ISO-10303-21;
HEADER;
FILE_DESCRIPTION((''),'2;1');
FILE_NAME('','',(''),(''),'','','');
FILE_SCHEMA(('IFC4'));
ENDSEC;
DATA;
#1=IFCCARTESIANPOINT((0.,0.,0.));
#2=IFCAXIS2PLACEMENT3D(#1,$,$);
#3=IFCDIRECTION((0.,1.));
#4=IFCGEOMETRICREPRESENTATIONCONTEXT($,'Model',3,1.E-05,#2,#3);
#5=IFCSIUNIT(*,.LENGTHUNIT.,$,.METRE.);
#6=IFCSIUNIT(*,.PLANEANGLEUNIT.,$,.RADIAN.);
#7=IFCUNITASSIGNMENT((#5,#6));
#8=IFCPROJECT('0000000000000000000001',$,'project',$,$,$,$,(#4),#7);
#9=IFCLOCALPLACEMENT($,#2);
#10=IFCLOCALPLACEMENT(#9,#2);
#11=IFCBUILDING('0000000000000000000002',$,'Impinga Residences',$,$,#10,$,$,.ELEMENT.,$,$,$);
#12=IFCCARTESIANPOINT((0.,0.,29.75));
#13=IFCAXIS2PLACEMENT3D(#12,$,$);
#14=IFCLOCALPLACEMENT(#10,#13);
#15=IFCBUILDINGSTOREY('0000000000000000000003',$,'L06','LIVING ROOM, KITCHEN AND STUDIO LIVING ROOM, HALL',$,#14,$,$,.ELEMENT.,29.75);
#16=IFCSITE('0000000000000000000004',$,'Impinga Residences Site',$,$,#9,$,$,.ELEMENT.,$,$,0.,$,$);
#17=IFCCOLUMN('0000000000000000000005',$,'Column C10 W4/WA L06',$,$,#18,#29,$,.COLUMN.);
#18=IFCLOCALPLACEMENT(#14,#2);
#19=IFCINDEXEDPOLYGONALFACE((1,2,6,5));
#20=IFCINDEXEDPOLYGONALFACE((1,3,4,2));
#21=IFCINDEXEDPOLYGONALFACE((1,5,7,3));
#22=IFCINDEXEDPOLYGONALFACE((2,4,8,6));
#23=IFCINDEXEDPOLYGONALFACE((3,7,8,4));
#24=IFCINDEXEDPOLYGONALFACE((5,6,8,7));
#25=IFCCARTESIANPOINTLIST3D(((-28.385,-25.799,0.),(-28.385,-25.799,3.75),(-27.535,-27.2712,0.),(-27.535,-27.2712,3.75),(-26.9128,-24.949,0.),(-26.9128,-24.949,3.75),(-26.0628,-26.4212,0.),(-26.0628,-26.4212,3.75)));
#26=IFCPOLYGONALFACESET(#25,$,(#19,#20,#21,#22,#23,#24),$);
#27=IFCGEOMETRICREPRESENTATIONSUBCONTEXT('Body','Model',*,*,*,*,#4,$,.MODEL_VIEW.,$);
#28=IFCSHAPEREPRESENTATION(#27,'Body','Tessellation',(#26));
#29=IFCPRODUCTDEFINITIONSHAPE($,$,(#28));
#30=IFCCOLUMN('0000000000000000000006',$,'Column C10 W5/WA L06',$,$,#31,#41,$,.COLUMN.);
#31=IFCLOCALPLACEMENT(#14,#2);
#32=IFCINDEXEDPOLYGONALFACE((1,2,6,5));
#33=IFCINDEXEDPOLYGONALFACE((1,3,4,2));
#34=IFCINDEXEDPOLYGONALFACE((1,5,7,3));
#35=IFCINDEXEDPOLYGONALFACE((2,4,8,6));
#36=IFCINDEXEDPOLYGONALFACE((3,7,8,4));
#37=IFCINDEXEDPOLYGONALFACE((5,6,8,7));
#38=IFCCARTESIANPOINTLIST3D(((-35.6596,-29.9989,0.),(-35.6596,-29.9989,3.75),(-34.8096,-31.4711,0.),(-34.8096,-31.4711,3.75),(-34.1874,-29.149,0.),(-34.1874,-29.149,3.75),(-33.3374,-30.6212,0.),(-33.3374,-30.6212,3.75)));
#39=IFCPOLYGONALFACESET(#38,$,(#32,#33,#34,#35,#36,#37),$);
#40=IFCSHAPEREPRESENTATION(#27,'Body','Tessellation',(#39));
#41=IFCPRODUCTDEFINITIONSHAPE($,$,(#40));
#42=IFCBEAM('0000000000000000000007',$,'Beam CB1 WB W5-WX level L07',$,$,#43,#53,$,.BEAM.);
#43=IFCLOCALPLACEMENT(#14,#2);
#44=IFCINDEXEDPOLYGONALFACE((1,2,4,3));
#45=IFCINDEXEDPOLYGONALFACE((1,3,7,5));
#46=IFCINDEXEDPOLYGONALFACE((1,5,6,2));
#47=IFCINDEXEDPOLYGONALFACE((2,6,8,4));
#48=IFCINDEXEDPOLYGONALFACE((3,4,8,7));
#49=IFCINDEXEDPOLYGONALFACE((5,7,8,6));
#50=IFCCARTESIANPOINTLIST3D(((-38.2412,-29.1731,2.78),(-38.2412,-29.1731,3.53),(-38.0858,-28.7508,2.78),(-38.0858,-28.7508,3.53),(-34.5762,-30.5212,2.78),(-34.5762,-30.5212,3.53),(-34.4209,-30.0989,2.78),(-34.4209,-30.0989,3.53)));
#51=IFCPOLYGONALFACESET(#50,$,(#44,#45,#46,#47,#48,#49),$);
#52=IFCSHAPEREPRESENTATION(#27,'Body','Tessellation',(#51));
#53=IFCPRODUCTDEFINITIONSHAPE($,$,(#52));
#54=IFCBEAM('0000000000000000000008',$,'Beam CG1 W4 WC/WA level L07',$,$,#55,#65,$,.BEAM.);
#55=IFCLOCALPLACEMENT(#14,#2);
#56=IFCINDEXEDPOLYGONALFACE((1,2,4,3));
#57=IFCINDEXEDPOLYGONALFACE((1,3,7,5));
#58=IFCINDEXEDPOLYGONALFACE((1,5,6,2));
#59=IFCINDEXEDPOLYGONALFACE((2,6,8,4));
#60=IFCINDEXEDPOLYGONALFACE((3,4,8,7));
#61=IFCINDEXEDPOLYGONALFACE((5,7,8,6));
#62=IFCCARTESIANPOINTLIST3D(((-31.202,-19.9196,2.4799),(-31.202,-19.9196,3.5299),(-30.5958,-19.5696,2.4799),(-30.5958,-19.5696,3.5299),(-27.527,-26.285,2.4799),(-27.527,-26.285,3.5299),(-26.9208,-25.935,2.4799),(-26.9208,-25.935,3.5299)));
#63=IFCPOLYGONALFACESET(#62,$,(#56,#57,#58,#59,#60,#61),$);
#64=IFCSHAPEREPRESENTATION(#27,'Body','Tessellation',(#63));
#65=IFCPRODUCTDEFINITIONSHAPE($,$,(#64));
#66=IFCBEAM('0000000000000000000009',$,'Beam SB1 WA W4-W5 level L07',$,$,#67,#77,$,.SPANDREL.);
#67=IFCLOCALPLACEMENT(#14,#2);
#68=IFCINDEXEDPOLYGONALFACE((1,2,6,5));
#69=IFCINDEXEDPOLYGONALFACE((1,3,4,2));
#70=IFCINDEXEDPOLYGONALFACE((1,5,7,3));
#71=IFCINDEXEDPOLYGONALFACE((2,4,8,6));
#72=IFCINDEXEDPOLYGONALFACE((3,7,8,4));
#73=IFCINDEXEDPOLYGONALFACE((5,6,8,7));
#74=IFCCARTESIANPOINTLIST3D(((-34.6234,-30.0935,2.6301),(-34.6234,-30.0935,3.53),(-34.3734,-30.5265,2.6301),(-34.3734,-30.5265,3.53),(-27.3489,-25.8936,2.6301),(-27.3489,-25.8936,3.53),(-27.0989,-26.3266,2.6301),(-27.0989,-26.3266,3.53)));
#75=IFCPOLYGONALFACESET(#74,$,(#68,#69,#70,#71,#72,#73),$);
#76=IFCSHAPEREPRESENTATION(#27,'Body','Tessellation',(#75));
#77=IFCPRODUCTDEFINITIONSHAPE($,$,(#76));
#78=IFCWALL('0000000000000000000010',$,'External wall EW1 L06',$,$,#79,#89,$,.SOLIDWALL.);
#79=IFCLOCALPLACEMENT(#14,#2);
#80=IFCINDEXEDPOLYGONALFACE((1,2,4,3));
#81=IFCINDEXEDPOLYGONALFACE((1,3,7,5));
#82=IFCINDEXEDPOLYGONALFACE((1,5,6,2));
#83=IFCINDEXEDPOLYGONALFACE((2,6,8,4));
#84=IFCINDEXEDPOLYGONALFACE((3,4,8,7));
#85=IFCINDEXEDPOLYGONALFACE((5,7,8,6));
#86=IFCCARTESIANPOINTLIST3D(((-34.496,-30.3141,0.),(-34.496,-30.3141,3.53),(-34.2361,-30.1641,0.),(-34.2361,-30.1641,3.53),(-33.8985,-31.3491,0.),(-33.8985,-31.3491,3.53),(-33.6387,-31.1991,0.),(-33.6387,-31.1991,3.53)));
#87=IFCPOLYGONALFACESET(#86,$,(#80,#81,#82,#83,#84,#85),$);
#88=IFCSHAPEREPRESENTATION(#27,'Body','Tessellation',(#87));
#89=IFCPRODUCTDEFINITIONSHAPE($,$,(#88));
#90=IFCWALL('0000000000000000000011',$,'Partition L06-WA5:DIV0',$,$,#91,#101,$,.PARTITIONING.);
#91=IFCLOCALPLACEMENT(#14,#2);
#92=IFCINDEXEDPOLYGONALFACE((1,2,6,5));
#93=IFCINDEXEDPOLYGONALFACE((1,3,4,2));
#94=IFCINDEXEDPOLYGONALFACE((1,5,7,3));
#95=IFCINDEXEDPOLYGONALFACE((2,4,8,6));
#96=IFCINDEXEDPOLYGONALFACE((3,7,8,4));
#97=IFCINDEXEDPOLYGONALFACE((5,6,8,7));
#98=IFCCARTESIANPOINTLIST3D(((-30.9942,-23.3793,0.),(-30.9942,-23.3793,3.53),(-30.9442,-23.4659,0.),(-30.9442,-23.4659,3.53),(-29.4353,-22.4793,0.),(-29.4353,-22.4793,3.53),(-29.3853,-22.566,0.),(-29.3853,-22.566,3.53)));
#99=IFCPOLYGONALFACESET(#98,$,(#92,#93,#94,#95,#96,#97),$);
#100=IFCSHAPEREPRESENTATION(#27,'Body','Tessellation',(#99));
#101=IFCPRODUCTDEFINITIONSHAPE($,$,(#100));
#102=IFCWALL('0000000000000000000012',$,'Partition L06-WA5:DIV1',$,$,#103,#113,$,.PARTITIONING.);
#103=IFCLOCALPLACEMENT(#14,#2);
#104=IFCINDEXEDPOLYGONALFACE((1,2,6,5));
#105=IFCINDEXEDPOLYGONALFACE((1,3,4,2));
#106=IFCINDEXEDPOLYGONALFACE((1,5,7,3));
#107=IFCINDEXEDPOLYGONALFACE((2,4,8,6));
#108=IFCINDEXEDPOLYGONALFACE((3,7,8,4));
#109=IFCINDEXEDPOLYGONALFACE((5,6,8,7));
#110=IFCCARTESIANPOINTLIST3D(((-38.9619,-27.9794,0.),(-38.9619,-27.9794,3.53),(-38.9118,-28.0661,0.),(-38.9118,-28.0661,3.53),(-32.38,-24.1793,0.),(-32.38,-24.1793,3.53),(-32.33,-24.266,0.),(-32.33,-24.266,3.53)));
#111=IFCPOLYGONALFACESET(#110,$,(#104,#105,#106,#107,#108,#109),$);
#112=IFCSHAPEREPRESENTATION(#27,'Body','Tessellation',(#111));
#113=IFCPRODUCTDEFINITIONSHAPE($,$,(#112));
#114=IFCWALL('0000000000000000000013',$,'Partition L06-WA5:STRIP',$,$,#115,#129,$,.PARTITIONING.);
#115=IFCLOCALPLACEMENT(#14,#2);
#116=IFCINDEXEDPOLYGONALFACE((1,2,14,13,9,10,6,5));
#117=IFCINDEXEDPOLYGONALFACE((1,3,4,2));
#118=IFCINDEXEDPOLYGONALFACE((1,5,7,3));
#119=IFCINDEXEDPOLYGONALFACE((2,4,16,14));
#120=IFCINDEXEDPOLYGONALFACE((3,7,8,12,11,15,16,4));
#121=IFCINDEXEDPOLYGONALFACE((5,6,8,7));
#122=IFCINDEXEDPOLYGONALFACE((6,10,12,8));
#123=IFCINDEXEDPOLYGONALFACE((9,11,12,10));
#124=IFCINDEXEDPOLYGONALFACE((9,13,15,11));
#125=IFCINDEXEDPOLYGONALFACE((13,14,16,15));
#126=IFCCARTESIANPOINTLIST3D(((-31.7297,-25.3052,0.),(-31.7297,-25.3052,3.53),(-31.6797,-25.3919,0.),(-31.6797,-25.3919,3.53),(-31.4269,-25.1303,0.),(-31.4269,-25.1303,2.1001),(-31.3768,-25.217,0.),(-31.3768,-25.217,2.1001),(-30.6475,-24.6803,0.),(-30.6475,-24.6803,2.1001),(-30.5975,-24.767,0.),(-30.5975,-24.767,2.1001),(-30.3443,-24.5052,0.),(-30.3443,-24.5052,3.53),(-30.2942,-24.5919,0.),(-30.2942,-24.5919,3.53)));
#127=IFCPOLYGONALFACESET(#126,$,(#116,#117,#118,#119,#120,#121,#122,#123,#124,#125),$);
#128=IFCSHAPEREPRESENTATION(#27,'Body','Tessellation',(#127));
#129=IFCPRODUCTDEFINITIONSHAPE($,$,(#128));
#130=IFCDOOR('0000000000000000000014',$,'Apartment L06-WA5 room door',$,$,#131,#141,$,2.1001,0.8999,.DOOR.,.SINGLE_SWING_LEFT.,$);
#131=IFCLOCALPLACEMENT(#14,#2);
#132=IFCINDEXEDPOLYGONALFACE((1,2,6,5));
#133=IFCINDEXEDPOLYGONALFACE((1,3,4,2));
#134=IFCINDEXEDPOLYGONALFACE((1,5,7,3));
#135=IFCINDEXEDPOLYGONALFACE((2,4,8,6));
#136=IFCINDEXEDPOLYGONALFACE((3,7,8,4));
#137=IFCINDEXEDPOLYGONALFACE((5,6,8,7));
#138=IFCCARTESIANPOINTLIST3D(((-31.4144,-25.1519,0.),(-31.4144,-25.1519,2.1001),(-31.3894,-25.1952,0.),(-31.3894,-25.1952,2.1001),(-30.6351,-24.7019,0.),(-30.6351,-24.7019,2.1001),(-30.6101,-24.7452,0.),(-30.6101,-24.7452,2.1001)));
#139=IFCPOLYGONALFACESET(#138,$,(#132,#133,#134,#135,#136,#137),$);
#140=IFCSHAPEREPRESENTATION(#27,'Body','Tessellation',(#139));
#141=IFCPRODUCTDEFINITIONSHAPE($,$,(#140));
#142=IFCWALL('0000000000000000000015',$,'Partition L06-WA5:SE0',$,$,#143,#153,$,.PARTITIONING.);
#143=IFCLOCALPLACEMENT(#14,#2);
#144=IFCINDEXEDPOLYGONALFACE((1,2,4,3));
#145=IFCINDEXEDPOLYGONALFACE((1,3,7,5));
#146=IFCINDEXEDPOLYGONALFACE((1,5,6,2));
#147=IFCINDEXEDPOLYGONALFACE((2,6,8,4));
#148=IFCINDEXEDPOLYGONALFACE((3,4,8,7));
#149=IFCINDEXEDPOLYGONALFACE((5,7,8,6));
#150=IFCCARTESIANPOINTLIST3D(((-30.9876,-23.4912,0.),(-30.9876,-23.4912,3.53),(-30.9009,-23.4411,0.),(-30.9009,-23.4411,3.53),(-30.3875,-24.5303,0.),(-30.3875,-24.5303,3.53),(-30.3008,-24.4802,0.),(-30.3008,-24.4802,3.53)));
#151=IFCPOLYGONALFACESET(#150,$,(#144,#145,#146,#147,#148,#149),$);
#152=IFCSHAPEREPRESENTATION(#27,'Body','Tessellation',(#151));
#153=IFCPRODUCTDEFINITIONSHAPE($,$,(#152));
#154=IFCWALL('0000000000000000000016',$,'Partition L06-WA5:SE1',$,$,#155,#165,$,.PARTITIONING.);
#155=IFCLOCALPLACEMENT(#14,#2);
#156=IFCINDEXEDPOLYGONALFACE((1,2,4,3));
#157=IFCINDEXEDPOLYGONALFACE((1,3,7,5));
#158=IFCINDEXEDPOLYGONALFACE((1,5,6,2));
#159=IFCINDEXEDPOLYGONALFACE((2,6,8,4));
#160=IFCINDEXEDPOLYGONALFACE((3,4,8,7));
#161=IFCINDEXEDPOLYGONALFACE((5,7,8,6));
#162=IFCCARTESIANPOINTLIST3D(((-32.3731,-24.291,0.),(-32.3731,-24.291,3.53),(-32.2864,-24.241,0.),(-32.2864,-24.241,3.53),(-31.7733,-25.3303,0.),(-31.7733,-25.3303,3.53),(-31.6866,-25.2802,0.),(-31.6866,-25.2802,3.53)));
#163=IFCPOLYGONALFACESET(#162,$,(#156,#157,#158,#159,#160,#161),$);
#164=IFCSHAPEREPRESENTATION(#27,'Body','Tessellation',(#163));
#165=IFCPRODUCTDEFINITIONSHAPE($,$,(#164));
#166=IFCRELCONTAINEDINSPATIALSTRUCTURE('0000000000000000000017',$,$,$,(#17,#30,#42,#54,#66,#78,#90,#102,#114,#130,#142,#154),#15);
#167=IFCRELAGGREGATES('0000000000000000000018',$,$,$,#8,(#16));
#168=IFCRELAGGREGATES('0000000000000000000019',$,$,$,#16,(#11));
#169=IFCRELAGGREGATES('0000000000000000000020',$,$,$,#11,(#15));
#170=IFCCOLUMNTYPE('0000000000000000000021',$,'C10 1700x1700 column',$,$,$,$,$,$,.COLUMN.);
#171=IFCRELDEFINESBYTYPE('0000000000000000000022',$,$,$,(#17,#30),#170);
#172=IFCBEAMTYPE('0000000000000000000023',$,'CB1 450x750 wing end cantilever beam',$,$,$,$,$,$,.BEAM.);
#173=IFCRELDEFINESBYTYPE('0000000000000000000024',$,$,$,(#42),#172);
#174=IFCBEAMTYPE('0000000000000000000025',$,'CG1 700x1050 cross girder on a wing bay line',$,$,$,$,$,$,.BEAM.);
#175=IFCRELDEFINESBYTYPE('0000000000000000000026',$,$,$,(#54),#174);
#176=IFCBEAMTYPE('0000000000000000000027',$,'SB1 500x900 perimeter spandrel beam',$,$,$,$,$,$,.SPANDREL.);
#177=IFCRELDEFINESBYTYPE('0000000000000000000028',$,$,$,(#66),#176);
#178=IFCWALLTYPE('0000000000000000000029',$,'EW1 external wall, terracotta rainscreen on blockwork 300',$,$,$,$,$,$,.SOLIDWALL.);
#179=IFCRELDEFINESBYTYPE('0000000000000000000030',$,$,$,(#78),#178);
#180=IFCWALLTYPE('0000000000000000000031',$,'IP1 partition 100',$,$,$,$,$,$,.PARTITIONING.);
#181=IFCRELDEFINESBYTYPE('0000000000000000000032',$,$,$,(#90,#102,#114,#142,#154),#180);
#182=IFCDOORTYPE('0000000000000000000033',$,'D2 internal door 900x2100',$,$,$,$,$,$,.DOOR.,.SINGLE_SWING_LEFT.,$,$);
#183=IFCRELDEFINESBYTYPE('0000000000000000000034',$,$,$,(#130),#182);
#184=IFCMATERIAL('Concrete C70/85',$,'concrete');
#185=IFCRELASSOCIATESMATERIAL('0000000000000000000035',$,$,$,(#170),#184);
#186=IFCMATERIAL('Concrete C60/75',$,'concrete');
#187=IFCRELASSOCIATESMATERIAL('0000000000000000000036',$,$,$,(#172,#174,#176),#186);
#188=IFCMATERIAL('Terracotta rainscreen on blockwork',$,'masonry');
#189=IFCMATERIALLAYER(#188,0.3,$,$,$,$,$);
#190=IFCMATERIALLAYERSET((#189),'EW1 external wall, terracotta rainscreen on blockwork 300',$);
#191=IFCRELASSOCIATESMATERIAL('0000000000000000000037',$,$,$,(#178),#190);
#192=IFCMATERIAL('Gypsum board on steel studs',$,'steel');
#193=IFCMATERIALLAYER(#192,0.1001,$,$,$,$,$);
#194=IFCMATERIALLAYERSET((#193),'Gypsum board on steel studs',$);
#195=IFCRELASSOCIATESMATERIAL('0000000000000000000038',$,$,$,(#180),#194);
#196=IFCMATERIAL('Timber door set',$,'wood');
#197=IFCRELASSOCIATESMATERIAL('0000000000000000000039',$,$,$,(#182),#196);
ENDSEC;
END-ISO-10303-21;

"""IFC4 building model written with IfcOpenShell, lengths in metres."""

from ifc_helpers import new_model, si_unit, direction, frame, frame_2d, origin, origin_2d, place, context, subcontext, project, spatial, rectangle, extrude, material, layer, layer_set, material_profile, profile_set, type_object, element, fill, save


model = new_model("IFC4")

# Units and contexts
model_context = context("Model", 3, precision=1e-05, world=origin(), true_north=direction((0.0, 1.0)))
body_context = subcontext(model_context, "Body", "Model", "MODEL_VIEW")
ifc_project = project(units=[si_unit("LENGTHUNIT", "METRE"), si_unit("PLANEANGLEUNIT", "RADIAN")], contexts=[model_context])

# Site, building, storey
site_placement = place(None, origin())
site = spatial("IfcSite", under=ifc_project, at=site_placement, Name="Impinga Residences Site", CompositionType="ELEMENT", RefElevation=0.0)
building_placement = place(site_placement, origin())
building = spatial("IfcBuilding", under=site, at=building_placement, Name="Impinga Residences", CompositionType="ELEMENT")
storey_placement = place(building_placement, frame((0.0, 0.0, 29.75)))
storey = spatial("IfcBuildingStorey", under=building, at=storey_placement, Name="L06", Description="LIVING ROOM, KITCHEN AND STUDIO LIVING ROOM, HALL", CompositionType="ELEMENT", Elevation=29.75)

# Columns
ifc_material_1 = material(Name="Concrete C70/85", Category="concrete")
ifc_material_profile_1 = material_profile(ifc_material_1, rectangle(XDim=1.7, YDim=1.7, at=origin_2d()), Name="RC 1700x1700")
ifc_profile_set_1 = profile_set([ifc_material_profile_1], Name="Concrete C70/85")
column_type = type_object("IfcColumnType", Name="C10 1700x1700 column", PredefinedType="COLUMN", material=ifc_profile_set_1)
for number, where, z_axis, x_axis, name in (
    (1, (-27.2239, -26.1101, 0.0), (0.0, 0.0, 1.0), (-0.5, 0.866025, 0.0), "Column C10 W4/WA L06"),
    (2, (-34.4985, -30.3101, 0.0), (0.0, 0.0, 1.0), (-0.5, 0.866025, 0.0), "Column C10 W5/WA L06"),
):
    element("IfcColumn", number, at=place(storey_placement, frame(where, z_axis=z_axis, x_axis=x_axis)), inside=storey, type_object=column_type, Name=name, PredefinedType="COLUMN", context=body_context, shape_type="SweptSolid", body=[
        extrude(rectangle(XDim=1.7, YDim=1.7, at=origin_2d()), origin(), (0.0, 0.0, 1.0), 3.75),
    ])

# Beams
ifc_material_2 = material(Name="Concrete C60/75", Category="concrete")
ifc_material_profile_2 = material_profile(ifc_material_2, rectangle(XDim=0.45, YDim=0.75, at=origin_2d()), Name="RC 450x750")
ifc_profile_set_2 = profile_set([ifc_material_profile_2], Name="Concrete C60/75")
beam_type_1 = type_object("IfcBeamType", Name="CB1 450x750 wing end cantilever beam", PredefinedType="BEAM", material=ifc_profile_set_2)
beam_1_placement = place(storey_placement, frame((-34.4985, -30.3101, 3.155), z_axis=(-0.93852, 0.345224, 0.0), x_axis=(-0.345224, -0.93852, 0.0)))
element("IfcBeam", 3, at=beam_1_placement, inside=storey, type_object=beam_type_1, Name="Beam CB1 WB W5-WX level L07", PredefinedType="BEAM", context=body_context, shape_type="SweptSolid", body=[
    extrude(rectangle(XDim=0.45, YDim=0.75, at=origin_2d()), origin(), (0.0, 0.0, 1.0), 3.905),
])
ifc_material_profile_3 = material_profile(ifc_material_2, rectangle(XDim=0.7, YDim=1.05, at=origin_2d()), Name="RC 700x1050")
ifc_profile_set_3 = profile_set([ifc_material_profile_3], Name="Concrete C60/75")
beam_type_2 = type_object("IfcBeamType", Name="CG1 700x1050 cross girder on a wing bay line", PredefinedType="BEAM", material=ifc_profile_set_3)
beam_2_placement = place(storey_placement, frame((-30.8989, -19.7446, 3.0049), z_axis=(0.499994, -0.866029, 0.0), x_axis=(0.866029, 0.499994, 0.0)))
element("IfcBeam", 4, at=beam_2_placement, inside=storey, type_object=beam_type_2, Name="Beam CG1 W4 WC/WA level L07", PredefinedType="BEAM", context=body_context, shape_type="SweptSolid", body=[
    extrude(rectangle(XDim=0.7, YDim=1.05, at=origin_2d()), origin(), (0.0, 0.0, 1.0), 7.3501),
])
ifc_material_profile_4 = material_profile(ifc_material_2, rectangle(XDim=0.5, YDim=0.8999, at=origin_2d()), Name="RC 500x900")
ifc_profile_set_4 = profile_set([ifc_material_profile_4], Name="Concrete C60/75")
beam_type_3 = type_object("IfcBeamType", Name="SB1 500x900 perimeter spandrel beam", PredefinedType="SPANDREL", material=ifc_profile_set_4)
beam_3_placement = place(storey_placement, frame((-27.2239, -26.1101, 3.0801), z_axis=(-0.866029, -0.499993, 0.0), x_axis=(0.499993, -0.866029, 0.0)))
element("IfcBeam", 5, at=beam_3_placement, inside=storey, type_object=beam_type_3, Name="Beam SB1 WA W4-W5 level L07", PredefinedType="SPANDREL", context=body_context, shape_type="SweptSolid", body=[
    extrude(rectangle(XDim=0.5, YDim=0.8999, at=origin_2d()), origin(), (0.0, 0.0, 1.0), 8.3999),
])

# Walls
ifc_material_3 = material(Name="Terracotta rainscreen on blockwork", Category="masonry")
ifc_layer_1 = layer(ifc_material_3, 0.3)
ifc_layer_set_1 = layer_set([ifc_layer_1], Name="EW1 external wall, terracotta rainscreen on blockwork 300")
wall_type_1 = type_object("IfcWallType", Name="EW1 external wall, terracotta rainscreen on blockwork 300", PredefinedType="SOLIDWALL", material=ifc_layer_set_1)
wall_1_placement = place(storey_placement, frame((-33.7686, -31.2742, 0.0), z_axis=(0.0, 0.0, 1.0), x_axis=(-0.499941, 0.86606, 0.0)))
element("IfcWall", 6, at=wall_1_placement, inside=storey, type_object=wall_type_1, Name="External wall EW1 L06", PredefinedType="SOLIDWALL", context=body_context, shape_type="SweptSolid", body=[
    extrude(rectangle(XDim=1.1951, YDim=0.3, at=frame_2d((0.5977, 0.0))), origin(), (0.0, 0.0, 1.0), 3.53),
])
ifc_material_4 = material(Name="Gypsum board on steel studs", Category="steel")
ifc_layer_2 = layer(ifc_material_4, 0.1001)
ifc_layer_set_2 = layer_set([ifc_layer_2], Name="Gypsum board on steel studs")
wall_type_2 = type_object("IfcWallType", Name="IP1 partition 100", PredefinedType="PARTITIONING", material=ifc_layer_set_2)
wall_2_placement = place(storey_placement, frame((-29.4104, -22.5227, 0.0), z_axis=(0.0, 0.0, 1.0), x_axis=(-0.866048, -0.499961, 0.0)))
element("IfcWall", 7, at=wall_2_placement, inside=storey, type_object=wall_type_2, Name="Partition L06-WA5:DIV0", PredefinedType="PARTITIONING", context=body_context, shape_type="SweptSolid", body=[
    extrude(rectangle(XDim=1.8, YDim=0.1001, at=frame_2d((0.8999, 0.0))), origin(), (0.0, 0.0, 1.0), 3.53),
])
wall_3_placement = place(storey_placement, frame((-32.355, -24.2227, 0.0), z_axis=(0.0, 0.0, 1.0), x_axis=(-0.866022, -0.500005, 0.0)))
element("IfcWall", 8, at=wall_3_placement, inside=storey, type_object=wall_type_2, Name="Partition L06-WA5:DIV1", PredefinedType="PARTITIONING", context=body_context, shape_type="SweptSolid", body=[
    extrude(rectangle(XDim=7.6001, YDim=0.1001, at=frame_2d((3.8, 0.0))), origin(), (0.0, 0.0, 1.0), 3.53),
])

# Wall, opening, door
wall_4_placement = place(storey_placement, frame((-30.3193, -24.5486, 0.0), z_axis=(0.0, 0.0, 1.0), x_axis=(-0.86599, -0.500061, 0.0)))
wall_4 = element("IfcWall", 9, at=wall_4_placement, inside=storey, type_object=wall_type_2, Name="Partition L06-WA5:STRIP", PredefinedType="PARTITIONING", context=body_context, shape_type="SweptSolid", body=[
    extrude(rectangle(XDim=1.5999, YDim=0.1001, at=frame_2d((0.7998, 0.0))), origin(), (0.0, 0.0, 1.0), 3.53),
])
opening_1_placement = place(wall_4_placement, frame((0.3501, 0.0, 0.0)))
opening_1 = element("IfcOpeningElement", 10, at=opening_1_placement, cuts=wall_4, PredefinedType="OPENING", context=body_context, shape_type="SweptSolid", body=[
    extrude(rectangle(XDim=0.8999, YDim=2.1001, at=frame_2d((0.45, 1.05))), frame((0.0, 0.0601, 0.0), z_axis=(0.0, -1.0, 0.0), x_axis=(1.0, 0.0, 0.0)), (0.0, 0.0, 1.0), 0.1201),
])
ifc_material_5 = material(Name="Timber door set", Category="wood")
door_type = type_object("IfcDoorType", Name="D2 internal door 900x2100", OperationType="SINGLE_SWING_LEFT", PredefinedType="DOOR", material=ifc_material_5)
door_1_placement = place(opening_1_placement, origin())
door_1 = element("IfcDoor", 11, at=door_1_placement, inside=storey, type_object=door_type, Name="Apartment L06-WA5 room door", OperationType="SINGLE_SWING_LEFT", OverallHeight=2.1001, OverallWidth=0.8999, PredefinedType="DOOR", context=body_context, shape_type="SweptSolid", body=[
    extrude(rectangle(XDim=0.8999, YDim=2.1001, at=frame_2d((0.45, 1.05))), frame((0.0, 0.0249, 0.0), z_axis=(0.0, -1.0, 0.0), x_axis=(1.0, 0.0, 0.0)), (0.0, 0.0, 1.0), 0.05),
])
fill(opening_1, door_1)

# Walls
for number, where, z_axis, x_axis, name in (
    (12, (-30.9443, -23.4661, 0.0), (0.0, 0.0, 1.0), (0.500122, -0.865955, 0.0), "Partition L06-WA5:SE0"),
    (13, (-32.3298, -24.2659, 0.0), (0.0, 0.0, 1.0), (0.499881, -0.866094, 0.0), "Partition L06-WA5:SE1"),
):
    element("IfcWall", number, at=place(storey_placement, frame(where, z_axis=z_axis, x_axis=x_axis)), inside=storey, type_object=wall_type_2, Name=name, PredefinedType="PARTITIONING", context=body_context, shape_type="SweptSolid", body=[
        extrude(rectangle(XDim=1.2, YDim=0.1001, at=frame_2d((0.6001, 0.0))), origin(), (0.0, 0.0, 1.0), 3.53),
    ])

save(model, "model.ifc")
